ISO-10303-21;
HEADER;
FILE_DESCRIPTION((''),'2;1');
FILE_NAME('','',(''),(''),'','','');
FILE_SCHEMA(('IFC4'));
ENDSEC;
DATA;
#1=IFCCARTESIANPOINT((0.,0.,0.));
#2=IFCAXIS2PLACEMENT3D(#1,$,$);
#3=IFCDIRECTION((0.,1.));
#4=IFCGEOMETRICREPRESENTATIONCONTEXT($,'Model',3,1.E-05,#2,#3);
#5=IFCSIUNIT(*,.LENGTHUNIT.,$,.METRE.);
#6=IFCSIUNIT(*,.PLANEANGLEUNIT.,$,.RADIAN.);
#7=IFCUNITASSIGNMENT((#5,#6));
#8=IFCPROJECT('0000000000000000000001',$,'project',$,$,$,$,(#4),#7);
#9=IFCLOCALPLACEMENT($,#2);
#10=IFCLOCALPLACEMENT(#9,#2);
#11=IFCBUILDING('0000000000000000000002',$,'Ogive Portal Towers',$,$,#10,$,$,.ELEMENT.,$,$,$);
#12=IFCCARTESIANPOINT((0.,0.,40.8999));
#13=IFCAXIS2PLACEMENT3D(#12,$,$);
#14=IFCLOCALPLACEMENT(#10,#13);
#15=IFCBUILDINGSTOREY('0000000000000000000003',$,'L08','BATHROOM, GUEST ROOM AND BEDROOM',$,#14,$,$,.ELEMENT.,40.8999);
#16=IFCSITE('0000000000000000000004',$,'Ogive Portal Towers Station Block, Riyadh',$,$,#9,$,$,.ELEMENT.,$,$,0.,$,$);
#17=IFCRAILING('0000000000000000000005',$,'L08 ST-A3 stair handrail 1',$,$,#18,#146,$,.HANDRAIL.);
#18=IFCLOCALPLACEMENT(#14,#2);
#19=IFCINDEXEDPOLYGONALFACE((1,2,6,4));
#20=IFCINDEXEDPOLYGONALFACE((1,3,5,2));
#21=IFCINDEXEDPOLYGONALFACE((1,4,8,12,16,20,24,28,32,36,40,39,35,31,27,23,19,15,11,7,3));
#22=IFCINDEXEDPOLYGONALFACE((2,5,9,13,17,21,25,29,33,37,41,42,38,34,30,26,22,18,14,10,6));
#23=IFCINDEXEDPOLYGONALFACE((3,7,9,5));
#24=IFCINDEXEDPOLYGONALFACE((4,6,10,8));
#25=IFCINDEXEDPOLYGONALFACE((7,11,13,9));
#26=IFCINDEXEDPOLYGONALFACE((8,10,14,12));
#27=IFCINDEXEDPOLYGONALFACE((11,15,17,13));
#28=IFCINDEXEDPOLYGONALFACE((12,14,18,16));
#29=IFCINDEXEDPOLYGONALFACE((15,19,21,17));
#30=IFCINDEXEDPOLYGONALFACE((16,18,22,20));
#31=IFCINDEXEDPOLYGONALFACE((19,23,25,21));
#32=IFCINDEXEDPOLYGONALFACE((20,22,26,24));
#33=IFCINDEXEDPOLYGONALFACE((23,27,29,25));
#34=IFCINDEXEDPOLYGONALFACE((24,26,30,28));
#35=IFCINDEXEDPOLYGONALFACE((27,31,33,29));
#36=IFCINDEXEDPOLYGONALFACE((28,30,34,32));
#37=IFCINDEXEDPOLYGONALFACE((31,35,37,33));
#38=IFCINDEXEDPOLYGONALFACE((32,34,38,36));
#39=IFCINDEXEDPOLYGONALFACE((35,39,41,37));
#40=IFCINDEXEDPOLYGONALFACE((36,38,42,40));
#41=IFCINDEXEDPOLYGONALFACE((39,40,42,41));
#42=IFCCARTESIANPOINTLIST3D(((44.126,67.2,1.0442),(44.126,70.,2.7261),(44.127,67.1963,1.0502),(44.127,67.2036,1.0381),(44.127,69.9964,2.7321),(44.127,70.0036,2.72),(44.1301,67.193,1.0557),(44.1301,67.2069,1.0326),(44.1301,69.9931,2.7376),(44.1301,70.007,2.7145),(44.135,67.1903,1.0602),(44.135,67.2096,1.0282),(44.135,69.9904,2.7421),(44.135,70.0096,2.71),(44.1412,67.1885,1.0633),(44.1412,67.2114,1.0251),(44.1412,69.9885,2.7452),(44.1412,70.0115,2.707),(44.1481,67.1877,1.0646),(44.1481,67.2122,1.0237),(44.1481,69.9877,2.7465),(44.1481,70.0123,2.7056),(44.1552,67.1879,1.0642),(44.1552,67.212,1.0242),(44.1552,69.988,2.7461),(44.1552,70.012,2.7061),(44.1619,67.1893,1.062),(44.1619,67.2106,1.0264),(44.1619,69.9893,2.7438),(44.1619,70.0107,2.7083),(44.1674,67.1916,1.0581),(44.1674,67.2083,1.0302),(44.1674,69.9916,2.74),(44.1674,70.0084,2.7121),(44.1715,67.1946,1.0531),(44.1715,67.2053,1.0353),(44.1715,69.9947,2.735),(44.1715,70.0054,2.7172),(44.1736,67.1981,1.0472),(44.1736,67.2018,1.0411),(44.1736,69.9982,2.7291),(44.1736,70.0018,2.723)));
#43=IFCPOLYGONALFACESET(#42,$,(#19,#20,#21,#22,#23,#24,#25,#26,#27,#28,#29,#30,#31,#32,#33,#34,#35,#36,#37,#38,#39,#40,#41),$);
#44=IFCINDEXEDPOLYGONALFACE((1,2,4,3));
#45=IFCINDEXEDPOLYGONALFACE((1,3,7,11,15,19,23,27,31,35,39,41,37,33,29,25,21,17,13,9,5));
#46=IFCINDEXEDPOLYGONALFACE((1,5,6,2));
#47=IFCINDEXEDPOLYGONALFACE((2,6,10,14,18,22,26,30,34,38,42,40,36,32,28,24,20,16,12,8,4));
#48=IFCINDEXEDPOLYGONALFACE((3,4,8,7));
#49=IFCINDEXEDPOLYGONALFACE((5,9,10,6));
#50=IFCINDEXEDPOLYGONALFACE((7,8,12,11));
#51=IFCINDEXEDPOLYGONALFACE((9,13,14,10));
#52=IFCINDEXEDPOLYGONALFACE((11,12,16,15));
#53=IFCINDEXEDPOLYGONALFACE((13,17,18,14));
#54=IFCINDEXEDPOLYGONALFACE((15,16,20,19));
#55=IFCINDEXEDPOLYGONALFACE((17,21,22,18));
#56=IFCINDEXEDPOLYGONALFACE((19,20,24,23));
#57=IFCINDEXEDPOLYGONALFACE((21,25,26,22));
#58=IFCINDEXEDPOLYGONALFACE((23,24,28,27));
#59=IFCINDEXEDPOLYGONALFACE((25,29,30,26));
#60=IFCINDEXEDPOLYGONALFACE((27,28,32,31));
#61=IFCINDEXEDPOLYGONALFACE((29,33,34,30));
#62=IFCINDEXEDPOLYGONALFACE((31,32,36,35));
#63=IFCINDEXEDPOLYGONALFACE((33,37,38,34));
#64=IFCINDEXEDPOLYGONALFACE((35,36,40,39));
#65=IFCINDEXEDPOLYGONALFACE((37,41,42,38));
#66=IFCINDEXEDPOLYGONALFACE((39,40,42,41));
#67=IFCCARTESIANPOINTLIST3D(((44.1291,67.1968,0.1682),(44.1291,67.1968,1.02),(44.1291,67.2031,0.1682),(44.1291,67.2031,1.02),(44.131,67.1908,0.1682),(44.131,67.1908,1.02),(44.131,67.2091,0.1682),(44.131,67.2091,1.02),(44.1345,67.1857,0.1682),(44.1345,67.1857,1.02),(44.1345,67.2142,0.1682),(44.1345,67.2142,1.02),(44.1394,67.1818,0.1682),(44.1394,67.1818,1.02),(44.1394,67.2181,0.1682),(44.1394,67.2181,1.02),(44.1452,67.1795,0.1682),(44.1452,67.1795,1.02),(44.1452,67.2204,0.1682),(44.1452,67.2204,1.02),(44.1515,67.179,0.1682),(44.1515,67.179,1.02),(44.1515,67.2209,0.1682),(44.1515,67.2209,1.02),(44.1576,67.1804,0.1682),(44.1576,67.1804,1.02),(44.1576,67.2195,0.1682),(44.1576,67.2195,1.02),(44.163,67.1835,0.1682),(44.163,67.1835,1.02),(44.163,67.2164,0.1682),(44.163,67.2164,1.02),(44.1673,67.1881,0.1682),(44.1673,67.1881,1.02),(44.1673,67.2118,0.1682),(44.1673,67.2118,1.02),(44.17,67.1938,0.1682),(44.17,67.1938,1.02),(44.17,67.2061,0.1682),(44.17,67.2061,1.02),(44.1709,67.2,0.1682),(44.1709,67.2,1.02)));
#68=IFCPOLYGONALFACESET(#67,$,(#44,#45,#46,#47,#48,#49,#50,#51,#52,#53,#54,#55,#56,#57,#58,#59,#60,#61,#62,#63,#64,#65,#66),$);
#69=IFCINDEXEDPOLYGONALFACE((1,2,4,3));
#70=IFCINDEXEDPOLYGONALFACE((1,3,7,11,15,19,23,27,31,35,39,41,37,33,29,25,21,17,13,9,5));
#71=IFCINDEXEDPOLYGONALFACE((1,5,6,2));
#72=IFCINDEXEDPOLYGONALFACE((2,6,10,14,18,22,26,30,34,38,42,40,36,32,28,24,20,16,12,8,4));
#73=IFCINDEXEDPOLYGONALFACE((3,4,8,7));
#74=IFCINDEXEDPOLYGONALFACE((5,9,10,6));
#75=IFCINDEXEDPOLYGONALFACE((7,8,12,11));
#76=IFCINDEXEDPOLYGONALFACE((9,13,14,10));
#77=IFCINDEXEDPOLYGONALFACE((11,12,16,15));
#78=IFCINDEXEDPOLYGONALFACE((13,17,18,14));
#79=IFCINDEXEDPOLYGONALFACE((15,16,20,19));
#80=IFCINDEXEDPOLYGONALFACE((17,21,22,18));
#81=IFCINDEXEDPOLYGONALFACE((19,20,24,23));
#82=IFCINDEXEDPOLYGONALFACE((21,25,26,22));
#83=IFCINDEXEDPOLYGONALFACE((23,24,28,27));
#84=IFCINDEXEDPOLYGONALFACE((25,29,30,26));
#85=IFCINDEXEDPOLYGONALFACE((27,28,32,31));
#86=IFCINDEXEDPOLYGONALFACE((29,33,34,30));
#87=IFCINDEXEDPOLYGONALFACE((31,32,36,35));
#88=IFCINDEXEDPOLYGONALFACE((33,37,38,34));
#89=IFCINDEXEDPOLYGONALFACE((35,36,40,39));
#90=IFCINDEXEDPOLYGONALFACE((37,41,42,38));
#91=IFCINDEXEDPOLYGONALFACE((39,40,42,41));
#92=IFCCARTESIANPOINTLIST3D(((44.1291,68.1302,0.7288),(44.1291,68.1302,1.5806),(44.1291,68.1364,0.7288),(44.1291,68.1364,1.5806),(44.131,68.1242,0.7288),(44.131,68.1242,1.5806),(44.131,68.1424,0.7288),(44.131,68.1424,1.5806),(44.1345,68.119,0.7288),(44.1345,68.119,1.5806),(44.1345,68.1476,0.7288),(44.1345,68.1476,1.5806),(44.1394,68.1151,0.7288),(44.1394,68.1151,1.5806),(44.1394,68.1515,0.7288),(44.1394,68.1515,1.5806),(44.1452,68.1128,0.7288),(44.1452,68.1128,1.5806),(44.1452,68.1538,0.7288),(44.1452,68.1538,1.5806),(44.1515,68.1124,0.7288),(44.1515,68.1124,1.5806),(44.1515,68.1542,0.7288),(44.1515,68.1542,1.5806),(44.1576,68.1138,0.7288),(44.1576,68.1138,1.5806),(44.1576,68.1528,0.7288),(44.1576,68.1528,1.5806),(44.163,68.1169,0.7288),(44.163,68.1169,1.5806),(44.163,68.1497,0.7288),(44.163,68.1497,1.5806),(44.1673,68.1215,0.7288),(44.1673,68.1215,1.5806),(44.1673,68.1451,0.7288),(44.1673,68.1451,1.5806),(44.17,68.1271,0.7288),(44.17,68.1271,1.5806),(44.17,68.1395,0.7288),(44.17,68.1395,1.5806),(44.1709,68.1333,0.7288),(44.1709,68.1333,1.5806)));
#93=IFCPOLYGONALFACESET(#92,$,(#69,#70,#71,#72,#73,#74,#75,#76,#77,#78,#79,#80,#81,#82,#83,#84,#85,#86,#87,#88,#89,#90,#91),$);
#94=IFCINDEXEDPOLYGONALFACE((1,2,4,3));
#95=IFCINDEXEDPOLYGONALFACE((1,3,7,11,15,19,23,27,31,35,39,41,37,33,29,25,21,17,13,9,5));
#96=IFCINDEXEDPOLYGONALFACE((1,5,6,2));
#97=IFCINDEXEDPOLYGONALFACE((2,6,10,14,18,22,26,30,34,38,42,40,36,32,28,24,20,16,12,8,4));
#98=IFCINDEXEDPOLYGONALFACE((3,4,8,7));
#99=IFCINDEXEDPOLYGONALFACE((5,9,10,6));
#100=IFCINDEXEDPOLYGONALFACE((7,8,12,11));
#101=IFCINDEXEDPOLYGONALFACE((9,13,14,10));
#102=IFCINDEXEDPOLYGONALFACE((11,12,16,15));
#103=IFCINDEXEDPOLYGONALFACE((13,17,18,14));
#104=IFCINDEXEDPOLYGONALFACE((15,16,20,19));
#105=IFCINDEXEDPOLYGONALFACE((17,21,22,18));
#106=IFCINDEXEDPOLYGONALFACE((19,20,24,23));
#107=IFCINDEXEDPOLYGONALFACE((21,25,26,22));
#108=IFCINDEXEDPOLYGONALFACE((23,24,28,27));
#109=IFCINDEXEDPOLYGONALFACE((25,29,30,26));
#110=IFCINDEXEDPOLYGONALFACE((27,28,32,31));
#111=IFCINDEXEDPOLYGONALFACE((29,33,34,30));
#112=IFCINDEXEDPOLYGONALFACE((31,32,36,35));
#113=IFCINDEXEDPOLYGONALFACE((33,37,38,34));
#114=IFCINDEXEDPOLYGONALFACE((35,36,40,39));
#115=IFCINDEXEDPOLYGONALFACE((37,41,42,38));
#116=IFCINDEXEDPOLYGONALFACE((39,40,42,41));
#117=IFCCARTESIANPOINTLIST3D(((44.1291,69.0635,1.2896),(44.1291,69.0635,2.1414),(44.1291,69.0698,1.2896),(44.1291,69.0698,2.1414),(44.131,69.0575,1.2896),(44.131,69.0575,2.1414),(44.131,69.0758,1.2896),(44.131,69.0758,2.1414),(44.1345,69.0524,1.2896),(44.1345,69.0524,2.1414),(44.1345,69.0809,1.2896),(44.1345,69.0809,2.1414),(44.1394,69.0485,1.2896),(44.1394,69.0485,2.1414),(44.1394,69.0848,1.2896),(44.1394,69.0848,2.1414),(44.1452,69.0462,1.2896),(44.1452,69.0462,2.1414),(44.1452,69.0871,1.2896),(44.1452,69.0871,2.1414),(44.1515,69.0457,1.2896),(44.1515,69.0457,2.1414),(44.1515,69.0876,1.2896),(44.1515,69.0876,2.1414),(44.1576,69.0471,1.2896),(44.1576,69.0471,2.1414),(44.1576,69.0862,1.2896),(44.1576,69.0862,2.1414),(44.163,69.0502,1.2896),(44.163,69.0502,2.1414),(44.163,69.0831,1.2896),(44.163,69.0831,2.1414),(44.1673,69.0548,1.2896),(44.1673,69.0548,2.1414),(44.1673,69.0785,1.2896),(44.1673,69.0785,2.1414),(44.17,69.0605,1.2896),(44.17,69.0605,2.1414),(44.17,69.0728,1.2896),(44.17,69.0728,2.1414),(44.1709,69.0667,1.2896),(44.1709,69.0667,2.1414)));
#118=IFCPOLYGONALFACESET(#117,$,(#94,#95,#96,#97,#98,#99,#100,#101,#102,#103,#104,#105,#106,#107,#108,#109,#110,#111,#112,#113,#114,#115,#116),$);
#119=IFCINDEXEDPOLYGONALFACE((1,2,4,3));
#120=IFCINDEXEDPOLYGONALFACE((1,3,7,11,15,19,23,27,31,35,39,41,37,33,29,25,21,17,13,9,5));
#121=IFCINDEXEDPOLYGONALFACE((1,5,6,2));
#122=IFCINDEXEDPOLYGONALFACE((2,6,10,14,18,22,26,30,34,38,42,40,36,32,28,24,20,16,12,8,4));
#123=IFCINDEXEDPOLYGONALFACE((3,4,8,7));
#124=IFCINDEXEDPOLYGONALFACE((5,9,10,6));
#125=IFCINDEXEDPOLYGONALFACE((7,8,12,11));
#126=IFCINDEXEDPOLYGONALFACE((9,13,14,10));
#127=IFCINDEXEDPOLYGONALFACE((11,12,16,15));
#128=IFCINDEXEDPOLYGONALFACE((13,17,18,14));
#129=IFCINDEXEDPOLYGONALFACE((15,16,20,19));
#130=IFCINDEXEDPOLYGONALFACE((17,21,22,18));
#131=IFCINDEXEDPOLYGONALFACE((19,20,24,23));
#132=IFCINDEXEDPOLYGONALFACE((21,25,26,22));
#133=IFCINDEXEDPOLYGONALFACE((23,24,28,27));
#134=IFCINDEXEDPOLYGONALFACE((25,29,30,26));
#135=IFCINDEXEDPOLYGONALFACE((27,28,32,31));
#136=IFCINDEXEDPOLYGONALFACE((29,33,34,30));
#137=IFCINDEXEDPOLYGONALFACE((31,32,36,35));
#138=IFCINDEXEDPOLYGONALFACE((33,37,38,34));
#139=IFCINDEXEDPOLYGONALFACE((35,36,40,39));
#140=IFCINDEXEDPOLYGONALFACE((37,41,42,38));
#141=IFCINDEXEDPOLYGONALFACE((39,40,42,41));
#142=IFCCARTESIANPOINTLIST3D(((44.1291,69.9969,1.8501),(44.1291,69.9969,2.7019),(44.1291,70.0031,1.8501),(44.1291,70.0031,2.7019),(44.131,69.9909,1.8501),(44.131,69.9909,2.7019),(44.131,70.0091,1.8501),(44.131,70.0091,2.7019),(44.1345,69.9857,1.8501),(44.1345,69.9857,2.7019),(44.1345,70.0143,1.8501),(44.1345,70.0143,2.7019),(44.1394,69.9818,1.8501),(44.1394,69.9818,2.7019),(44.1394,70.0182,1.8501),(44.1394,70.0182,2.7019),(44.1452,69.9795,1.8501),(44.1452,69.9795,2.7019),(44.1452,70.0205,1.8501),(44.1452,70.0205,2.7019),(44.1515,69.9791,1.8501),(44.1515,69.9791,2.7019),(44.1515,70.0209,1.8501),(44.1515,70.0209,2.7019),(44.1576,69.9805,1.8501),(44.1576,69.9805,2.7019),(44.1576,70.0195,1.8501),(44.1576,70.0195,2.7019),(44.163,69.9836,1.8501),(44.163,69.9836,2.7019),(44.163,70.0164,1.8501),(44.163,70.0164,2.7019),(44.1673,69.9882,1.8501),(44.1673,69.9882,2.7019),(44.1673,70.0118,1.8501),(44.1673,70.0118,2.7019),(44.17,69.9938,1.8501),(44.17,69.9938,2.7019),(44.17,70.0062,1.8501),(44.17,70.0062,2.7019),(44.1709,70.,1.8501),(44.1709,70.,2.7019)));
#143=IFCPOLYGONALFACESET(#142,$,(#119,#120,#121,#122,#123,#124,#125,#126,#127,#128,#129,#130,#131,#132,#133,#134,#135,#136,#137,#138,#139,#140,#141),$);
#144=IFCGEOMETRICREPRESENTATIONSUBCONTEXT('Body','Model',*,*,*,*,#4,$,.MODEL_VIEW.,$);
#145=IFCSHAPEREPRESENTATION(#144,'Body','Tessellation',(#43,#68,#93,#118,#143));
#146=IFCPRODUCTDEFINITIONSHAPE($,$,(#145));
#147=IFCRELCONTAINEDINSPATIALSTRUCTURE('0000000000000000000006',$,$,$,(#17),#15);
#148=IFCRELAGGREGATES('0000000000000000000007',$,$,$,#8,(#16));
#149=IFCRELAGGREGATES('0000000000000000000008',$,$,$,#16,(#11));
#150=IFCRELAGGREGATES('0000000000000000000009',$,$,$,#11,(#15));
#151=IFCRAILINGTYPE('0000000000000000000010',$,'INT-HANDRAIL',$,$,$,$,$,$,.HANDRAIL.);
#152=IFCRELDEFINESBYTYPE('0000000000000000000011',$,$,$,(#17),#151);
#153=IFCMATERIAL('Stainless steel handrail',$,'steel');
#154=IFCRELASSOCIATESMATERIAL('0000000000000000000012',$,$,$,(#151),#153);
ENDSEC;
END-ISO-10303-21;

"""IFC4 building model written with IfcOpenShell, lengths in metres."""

from ifc_helpers import new_model, si_unit, direction, frame, origin, origin_2d, place, context, subcontext, project, spatial, circle, extrude, material, type_object, element, save


model = new_model("IFC4")

# Units and contexts
model_context = context("Model", 3, precision=1e-05, world=origin(), true_north=direction((0.0, 1.0)))
body_context = subcontext(model_context, "Body", "Model", "MODEL_VIEW")
ifc_project = project(units=[si_unit("LENGTHUNIT", "METRE"), si_unit("PLANEANGLEUNIT", "RADIAN")], contexts=[model_context])

# Site, building, storey
site_placement = place(None, origin())
site = spatial("IfcSite", under=ifc_project, at=site_placement, Name="Ogive Portal Towers Station Block, Riyadh", CompositionType="ELEMENT", RefElevation=0.0)
building_placement = place(site_placement, origin())
building = spatial("IfcBuilding", under=site, at=building_placement, Name="Ogive Portal Towers", CompositionType="ELEMENT")
storey_placement = place(building_placement, frame((0.0, 0.0, 40.8999)))
storey = spatial("IfcBuildingStorey", under=building, at=storey_placement, Name="L08", Description="BATHROOM, GUEST ROOM AND BEDROOM", CompositionType="ELEMENT", Elevation=40.8999)

# Railing
ifc_material_1 = material(Name="Stainless steel handrail", Category="steel")
railing_type_1 = type_object("IfcRailingType", Name="INT-HANDRAIL", PredefinedType="HANDRAIL", material=ifc_material_1)
railing_1_placement = place(storey_placement, frame((44.1499, 67.2, 0.1682)))
element("IfcRailing", 1, at=railing_1_placement, inside=storey, type_object=railing_type_1, Name="L08 ST-A3 stair handrail 1", PredefinedType="HANDRAIL", context=body_context, shape_type="SweptSolid", body=[
    extrude(circle(Radius=0.0239, at=origin_2d()), frame((0.0, 0.0, 0.876), z_axis=(0.0, 0.857242, 0.514913), x_axis=(-1.0, 0.0, 0.0)), (0.0, 0.0, 1.0), 3.2664),
    extrude(circle(Radius=0.021, at=origin_2d()), origin(), (0.0, 0.0, 1.0), 0.8518),
    extrude(circle(Radius=0.021, at=origin_2d()), frame((0.0, 0.9333, 0.5605)), (0.0, 0.0, 1.0), 0.8518),
    extrude(circle(Radius=0.021, at=origin_2d()), frame((0.0, 1.8667, 1.1213)), (0.0, 0.0, 1.0), 0.8518),
    extrude(circle(Radius=0.021, at=origin_2d()), frame((0.0, 2.8, 1.6819)), (0.0, 0.0, 1.0), 0.8518),
])

save(model, "model.ifc")
